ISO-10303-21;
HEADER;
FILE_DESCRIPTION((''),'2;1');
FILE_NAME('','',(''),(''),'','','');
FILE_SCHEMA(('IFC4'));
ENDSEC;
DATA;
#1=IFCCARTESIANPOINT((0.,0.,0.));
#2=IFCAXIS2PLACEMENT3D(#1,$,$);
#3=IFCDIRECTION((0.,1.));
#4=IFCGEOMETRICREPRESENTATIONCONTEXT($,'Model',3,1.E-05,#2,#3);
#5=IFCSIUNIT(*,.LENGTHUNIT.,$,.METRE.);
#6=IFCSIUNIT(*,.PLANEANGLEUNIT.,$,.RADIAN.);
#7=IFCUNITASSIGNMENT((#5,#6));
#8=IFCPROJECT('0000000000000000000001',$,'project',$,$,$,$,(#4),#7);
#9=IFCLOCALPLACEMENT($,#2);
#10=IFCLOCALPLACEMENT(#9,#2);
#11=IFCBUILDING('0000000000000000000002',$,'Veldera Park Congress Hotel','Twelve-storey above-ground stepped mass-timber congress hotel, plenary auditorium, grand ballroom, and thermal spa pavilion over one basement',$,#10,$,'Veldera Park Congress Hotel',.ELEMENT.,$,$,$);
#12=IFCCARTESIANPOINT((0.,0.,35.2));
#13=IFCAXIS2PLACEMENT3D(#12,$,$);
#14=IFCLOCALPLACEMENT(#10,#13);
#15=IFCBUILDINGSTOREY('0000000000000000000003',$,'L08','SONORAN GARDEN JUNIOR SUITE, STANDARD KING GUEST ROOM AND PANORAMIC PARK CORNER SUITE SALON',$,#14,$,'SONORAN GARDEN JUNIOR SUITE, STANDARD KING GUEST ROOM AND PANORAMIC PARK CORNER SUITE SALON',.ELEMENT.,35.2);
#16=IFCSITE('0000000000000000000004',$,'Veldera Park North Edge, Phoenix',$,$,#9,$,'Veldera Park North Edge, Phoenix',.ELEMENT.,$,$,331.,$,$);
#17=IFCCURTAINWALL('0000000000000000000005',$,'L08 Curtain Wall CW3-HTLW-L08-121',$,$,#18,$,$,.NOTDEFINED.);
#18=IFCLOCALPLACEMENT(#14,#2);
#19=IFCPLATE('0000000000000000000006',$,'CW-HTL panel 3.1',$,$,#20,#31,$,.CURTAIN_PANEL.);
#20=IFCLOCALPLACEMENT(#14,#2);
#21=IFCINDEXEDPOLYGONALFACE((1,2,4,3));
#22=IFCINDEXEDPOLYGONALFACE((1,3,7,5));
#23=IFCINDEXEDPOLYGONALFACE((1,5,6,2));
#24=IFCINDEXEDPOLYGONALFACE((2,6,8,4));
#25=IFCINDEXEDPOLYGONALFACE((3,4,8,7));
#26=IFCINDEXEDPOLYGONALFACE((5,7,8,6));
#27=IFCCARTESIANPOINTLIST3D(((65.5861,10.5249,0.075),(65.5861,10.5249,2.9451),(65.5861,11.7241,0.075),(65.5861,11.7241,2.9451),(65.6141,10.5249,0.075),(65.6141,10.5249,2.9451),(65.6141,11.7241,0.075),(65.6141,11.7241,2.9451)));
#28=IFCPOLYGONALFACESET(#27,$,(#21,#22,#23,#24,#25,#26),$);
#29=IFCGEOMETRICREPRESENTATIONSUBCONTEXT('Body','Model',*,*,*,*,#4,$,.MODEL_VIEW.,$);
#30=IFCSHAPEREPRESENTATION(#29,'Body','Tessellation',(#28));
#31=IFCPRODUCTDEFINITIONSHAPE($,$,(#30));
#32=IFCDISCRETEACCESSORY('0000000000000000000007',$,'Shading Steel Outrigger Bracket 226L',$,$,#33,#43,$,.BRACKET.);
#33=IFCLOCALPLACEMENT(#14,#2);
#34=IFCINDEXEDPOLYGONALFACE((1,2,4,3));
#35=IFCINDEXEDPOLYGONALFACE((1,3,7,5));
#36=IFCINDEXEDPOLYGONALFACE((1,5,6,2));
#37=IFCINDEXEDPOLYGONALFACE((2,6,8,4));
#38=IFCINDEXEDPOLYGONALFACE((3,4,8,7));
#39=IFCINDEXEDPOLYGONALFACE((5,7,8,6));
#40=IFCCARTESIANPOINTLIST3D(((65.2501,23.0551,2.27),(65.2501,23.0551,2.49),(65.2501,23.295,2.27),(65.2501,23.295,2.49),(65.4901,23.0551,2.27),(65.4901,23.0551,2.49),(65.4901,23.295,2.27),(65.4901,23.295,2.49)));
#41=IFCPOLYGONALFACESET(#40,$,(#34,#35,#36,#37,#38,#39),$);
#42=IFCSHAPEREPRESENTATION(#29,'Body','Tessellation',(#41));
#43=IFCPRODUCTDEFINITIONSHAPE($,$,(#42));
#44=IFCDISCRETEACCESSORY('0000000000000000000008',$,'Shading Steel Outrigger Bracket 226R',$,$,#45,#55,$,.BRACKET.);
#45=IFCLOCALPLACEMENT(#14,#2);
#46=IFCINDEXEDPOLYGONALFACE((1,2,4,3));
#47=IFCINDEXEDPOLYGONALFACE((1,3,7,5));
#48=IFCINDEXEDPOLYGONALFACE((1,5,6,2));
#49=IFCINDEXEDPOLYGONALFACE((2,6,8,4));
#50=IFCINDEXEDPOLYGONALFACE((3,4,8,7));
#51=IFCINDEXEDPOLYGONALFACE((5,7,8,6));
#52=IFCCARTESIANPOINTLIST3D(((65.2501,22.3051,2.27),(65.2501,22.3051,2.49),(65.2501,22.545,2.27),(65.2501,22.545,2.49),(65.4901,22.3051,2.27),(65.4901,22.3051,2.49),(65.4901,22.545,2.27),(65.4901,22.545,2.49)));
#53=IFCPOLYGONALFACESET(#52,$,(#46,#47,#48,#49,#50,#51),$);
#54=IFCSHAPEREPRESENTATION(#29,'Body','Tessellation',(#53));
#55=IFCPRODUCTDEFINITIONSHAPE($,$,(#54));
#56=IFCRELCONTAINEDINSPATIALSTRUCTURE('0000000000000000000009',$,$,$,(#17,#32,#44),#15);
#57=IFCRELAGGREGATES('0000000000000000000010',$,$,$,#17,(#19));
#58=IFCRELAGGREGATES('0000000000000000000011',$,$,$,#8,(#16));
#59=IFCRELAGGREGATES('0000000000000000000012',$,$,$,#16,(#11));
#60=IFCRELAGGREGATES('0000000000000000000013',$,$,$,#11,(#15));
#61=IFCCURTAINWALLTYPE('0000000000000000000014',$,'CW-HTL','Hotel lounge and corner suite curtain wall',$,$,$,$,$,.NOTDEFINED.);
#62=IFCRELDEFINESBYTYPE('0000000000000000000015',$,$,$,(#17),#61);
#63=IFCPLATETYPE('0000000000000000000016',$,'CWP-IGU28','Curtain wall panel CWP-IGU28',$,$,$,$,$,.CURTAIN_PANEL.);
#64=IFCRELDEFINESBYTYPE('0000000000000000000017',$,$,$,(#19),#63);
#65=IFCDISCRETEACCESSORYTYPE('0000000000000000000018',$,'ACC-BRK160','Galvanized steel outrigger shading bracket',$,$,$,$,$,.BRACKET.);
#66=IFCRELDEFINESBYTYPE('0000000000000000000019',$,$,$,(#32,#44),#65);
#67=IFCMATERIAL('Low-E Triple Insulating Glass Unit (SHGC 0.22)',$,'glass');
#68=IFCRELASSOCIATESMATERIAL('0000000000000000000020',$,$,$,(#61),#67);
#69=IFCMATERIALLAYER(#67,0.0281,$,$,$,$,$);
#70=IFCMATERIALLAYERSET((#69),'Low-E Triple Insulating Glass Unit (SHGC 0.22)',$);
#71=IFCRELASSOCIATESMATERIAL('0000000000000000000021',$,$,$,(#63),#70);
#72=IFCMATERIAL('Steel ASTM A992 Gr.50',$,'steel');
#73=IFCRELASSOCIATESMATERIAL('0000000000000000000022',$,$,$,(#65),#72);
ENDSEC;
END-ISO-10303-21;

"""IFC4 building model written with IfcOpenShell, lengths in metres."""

from ifc_helpers import new_model, si_unit, direction, frame, origin, origin_2d, place, context, subcontext, project, spatial, rectangle, extrude, material, layer, layer_set, type_object, element, aggregate, save


model = new_model("IFC4")

# Units and contexts
model_context = context("Model", 3, precision=1e-05, world=origin(), true_north=direction((0.0, 1.0)))
body_context = subcontext(model_context, "Body", "Model", "MODEL_VIEW")
ifc_project = project(units=[si_unit("LENGTHUNIT", "METRE"), si_unit("PLANEANGLEUNIT", "RADIAN")], contexts=[model_context])

# Site, building, storey
site_placement = place(None, origin())
site = spatial("IfcSite", under=ifc_project, at=site_placement, Name="Veldera Park North Edge, Phoenix", LongName="Veldera Park North Edge, Phoenix", CompositionType="ELEMENT", RefElevation=331.0)
building_placement = place(site_placement, origin())
building = spatial("IfcBuilding", under=site, at=building_placement, Name="Veldera Park Congress Hotel", Description="Twelve-storey above-ground stepped mass-timber congress hotel, plenary auditorium, grand ballroom, and thermal spa pavilion over one basement", LongName="Veldera Park Congress Hotel", CompositionType="ELEMENT")
storey_placement = place(building_placement, frame((0.0, 0.0, 35.2)))
storey = spatial("IfcBuildingStorey", under=building, at=storey_placement, Name="L08", Description="SONORAN GARDEN JUNIOR SUITE, STANDARD KING GUEST ROOM AND PANORAMIC PARK CORNER SUITE SALON", LongName="SONORAN GARDEN JUNIOR SUITE, STANDARD KING GUEST ROOM AND PANORAMIC PARK CORNER SUITE SALON", CompositionType="ELEMENT", Elevation=35.2)

# Shared definitions
ifc_material_1 = material(Name="Low-E Triple Insulating Glass Unit (SHGC 0.22)", Category="glass")
curtain_wall_type = type_object("IfcCurtainWallType", Name="CW-HTL", Description="Hotel lounge and corner suite curtain wall", PredefinedType="NOTDEFINED", material=ifc_material_1)

# Curtain wall, plate
curtain_wall_1_placement = place(storey_placement, origin())
curtain_wall_1 = element("IfcCurtainWall", 1, at=curtain_wall_1_placement, inside=storey, type_object=curtain_wall_type, Name="L08 Curtain Wall CW3-HTLW-L08-121", PredefinedType="NOTDEFINED")
ifc_layer = layer(ifc_material_1, 0.0281)
ifc_layer_set = layer_set([ifc_layer], Name="Low-E Triple Insulating Glass Unit (SHGC 0.22)")
plate_type = type_object("IfcPlateType", Name="CWP-IGU28", Description="Curtain wall panel CWP-IGU28", PredefinedType="CURTAIN_PANEL", material=ifc_layer_set)
plate_1_placement = place(storey_placement, frame((65.6001, 11.1245, 0.075), z_axis=(0.0, 0.0, 1.0), x_axis=(0.0, -1.0, 0.0)))
plate_1 = element("IfcPlate", 2, at=plate_1_placement, type_object=plate_type, Name="CW-HTL panel 3.1", PredefinedType="CURTAIN_PANEL", context=body_context, shape_type="SweptSolid", body=[
    extrude(rectangle(XDim=1.1992, YDim=0.0281, at=origin_2d()), origin(), (0.0, 0.0, 1.0), 2.8701),
])
aggregate(curtain_wall_1, [plate_1])

# Discrete accessories
ifc_material_2 = material(Name="Steel ASTM A992 Gr.50", Category="steel")
discrete_accessory_type = type_object("IfcDiscreteAccessoryType", Name="ACC-BRK160", Description="Galvanized steel outrigger shading bracket", PredefinedType="BRACKET", material=ifc_material_2)
for number, where, z_axis, x_axis, name in (
    (3, (65.3701, 23.175, 2.27), (0.0, 0.0, 1.0), (0.0, -1.0, 0.0), "Shading Steel Outrigger Bracket 226L"),
    (4, (65.3701, 22.425, 2.27), (0.0, 0.0, 1.0), (0.0, -1.0, 0.0), "Shading Steel Outrigger Bracket 226R"),
):
    element("IfcDiscreteAccessory", number, at=place(storey_placement, frame(where, z_axis=z_axis, x_axis=x_axis)), inside=storey, type_object=discrete_accessory_type, Name=name, PredefinedType="BRACKET", context=body_context, shape_type="SweptSolid", body=[
        extrude(rectangle(XDim=0.24, YDim=0.24, at=origin_2d()), origin(), (0.0, 0.0, 1.0), 0.22),
    ])

save(model, "model.ifc")
